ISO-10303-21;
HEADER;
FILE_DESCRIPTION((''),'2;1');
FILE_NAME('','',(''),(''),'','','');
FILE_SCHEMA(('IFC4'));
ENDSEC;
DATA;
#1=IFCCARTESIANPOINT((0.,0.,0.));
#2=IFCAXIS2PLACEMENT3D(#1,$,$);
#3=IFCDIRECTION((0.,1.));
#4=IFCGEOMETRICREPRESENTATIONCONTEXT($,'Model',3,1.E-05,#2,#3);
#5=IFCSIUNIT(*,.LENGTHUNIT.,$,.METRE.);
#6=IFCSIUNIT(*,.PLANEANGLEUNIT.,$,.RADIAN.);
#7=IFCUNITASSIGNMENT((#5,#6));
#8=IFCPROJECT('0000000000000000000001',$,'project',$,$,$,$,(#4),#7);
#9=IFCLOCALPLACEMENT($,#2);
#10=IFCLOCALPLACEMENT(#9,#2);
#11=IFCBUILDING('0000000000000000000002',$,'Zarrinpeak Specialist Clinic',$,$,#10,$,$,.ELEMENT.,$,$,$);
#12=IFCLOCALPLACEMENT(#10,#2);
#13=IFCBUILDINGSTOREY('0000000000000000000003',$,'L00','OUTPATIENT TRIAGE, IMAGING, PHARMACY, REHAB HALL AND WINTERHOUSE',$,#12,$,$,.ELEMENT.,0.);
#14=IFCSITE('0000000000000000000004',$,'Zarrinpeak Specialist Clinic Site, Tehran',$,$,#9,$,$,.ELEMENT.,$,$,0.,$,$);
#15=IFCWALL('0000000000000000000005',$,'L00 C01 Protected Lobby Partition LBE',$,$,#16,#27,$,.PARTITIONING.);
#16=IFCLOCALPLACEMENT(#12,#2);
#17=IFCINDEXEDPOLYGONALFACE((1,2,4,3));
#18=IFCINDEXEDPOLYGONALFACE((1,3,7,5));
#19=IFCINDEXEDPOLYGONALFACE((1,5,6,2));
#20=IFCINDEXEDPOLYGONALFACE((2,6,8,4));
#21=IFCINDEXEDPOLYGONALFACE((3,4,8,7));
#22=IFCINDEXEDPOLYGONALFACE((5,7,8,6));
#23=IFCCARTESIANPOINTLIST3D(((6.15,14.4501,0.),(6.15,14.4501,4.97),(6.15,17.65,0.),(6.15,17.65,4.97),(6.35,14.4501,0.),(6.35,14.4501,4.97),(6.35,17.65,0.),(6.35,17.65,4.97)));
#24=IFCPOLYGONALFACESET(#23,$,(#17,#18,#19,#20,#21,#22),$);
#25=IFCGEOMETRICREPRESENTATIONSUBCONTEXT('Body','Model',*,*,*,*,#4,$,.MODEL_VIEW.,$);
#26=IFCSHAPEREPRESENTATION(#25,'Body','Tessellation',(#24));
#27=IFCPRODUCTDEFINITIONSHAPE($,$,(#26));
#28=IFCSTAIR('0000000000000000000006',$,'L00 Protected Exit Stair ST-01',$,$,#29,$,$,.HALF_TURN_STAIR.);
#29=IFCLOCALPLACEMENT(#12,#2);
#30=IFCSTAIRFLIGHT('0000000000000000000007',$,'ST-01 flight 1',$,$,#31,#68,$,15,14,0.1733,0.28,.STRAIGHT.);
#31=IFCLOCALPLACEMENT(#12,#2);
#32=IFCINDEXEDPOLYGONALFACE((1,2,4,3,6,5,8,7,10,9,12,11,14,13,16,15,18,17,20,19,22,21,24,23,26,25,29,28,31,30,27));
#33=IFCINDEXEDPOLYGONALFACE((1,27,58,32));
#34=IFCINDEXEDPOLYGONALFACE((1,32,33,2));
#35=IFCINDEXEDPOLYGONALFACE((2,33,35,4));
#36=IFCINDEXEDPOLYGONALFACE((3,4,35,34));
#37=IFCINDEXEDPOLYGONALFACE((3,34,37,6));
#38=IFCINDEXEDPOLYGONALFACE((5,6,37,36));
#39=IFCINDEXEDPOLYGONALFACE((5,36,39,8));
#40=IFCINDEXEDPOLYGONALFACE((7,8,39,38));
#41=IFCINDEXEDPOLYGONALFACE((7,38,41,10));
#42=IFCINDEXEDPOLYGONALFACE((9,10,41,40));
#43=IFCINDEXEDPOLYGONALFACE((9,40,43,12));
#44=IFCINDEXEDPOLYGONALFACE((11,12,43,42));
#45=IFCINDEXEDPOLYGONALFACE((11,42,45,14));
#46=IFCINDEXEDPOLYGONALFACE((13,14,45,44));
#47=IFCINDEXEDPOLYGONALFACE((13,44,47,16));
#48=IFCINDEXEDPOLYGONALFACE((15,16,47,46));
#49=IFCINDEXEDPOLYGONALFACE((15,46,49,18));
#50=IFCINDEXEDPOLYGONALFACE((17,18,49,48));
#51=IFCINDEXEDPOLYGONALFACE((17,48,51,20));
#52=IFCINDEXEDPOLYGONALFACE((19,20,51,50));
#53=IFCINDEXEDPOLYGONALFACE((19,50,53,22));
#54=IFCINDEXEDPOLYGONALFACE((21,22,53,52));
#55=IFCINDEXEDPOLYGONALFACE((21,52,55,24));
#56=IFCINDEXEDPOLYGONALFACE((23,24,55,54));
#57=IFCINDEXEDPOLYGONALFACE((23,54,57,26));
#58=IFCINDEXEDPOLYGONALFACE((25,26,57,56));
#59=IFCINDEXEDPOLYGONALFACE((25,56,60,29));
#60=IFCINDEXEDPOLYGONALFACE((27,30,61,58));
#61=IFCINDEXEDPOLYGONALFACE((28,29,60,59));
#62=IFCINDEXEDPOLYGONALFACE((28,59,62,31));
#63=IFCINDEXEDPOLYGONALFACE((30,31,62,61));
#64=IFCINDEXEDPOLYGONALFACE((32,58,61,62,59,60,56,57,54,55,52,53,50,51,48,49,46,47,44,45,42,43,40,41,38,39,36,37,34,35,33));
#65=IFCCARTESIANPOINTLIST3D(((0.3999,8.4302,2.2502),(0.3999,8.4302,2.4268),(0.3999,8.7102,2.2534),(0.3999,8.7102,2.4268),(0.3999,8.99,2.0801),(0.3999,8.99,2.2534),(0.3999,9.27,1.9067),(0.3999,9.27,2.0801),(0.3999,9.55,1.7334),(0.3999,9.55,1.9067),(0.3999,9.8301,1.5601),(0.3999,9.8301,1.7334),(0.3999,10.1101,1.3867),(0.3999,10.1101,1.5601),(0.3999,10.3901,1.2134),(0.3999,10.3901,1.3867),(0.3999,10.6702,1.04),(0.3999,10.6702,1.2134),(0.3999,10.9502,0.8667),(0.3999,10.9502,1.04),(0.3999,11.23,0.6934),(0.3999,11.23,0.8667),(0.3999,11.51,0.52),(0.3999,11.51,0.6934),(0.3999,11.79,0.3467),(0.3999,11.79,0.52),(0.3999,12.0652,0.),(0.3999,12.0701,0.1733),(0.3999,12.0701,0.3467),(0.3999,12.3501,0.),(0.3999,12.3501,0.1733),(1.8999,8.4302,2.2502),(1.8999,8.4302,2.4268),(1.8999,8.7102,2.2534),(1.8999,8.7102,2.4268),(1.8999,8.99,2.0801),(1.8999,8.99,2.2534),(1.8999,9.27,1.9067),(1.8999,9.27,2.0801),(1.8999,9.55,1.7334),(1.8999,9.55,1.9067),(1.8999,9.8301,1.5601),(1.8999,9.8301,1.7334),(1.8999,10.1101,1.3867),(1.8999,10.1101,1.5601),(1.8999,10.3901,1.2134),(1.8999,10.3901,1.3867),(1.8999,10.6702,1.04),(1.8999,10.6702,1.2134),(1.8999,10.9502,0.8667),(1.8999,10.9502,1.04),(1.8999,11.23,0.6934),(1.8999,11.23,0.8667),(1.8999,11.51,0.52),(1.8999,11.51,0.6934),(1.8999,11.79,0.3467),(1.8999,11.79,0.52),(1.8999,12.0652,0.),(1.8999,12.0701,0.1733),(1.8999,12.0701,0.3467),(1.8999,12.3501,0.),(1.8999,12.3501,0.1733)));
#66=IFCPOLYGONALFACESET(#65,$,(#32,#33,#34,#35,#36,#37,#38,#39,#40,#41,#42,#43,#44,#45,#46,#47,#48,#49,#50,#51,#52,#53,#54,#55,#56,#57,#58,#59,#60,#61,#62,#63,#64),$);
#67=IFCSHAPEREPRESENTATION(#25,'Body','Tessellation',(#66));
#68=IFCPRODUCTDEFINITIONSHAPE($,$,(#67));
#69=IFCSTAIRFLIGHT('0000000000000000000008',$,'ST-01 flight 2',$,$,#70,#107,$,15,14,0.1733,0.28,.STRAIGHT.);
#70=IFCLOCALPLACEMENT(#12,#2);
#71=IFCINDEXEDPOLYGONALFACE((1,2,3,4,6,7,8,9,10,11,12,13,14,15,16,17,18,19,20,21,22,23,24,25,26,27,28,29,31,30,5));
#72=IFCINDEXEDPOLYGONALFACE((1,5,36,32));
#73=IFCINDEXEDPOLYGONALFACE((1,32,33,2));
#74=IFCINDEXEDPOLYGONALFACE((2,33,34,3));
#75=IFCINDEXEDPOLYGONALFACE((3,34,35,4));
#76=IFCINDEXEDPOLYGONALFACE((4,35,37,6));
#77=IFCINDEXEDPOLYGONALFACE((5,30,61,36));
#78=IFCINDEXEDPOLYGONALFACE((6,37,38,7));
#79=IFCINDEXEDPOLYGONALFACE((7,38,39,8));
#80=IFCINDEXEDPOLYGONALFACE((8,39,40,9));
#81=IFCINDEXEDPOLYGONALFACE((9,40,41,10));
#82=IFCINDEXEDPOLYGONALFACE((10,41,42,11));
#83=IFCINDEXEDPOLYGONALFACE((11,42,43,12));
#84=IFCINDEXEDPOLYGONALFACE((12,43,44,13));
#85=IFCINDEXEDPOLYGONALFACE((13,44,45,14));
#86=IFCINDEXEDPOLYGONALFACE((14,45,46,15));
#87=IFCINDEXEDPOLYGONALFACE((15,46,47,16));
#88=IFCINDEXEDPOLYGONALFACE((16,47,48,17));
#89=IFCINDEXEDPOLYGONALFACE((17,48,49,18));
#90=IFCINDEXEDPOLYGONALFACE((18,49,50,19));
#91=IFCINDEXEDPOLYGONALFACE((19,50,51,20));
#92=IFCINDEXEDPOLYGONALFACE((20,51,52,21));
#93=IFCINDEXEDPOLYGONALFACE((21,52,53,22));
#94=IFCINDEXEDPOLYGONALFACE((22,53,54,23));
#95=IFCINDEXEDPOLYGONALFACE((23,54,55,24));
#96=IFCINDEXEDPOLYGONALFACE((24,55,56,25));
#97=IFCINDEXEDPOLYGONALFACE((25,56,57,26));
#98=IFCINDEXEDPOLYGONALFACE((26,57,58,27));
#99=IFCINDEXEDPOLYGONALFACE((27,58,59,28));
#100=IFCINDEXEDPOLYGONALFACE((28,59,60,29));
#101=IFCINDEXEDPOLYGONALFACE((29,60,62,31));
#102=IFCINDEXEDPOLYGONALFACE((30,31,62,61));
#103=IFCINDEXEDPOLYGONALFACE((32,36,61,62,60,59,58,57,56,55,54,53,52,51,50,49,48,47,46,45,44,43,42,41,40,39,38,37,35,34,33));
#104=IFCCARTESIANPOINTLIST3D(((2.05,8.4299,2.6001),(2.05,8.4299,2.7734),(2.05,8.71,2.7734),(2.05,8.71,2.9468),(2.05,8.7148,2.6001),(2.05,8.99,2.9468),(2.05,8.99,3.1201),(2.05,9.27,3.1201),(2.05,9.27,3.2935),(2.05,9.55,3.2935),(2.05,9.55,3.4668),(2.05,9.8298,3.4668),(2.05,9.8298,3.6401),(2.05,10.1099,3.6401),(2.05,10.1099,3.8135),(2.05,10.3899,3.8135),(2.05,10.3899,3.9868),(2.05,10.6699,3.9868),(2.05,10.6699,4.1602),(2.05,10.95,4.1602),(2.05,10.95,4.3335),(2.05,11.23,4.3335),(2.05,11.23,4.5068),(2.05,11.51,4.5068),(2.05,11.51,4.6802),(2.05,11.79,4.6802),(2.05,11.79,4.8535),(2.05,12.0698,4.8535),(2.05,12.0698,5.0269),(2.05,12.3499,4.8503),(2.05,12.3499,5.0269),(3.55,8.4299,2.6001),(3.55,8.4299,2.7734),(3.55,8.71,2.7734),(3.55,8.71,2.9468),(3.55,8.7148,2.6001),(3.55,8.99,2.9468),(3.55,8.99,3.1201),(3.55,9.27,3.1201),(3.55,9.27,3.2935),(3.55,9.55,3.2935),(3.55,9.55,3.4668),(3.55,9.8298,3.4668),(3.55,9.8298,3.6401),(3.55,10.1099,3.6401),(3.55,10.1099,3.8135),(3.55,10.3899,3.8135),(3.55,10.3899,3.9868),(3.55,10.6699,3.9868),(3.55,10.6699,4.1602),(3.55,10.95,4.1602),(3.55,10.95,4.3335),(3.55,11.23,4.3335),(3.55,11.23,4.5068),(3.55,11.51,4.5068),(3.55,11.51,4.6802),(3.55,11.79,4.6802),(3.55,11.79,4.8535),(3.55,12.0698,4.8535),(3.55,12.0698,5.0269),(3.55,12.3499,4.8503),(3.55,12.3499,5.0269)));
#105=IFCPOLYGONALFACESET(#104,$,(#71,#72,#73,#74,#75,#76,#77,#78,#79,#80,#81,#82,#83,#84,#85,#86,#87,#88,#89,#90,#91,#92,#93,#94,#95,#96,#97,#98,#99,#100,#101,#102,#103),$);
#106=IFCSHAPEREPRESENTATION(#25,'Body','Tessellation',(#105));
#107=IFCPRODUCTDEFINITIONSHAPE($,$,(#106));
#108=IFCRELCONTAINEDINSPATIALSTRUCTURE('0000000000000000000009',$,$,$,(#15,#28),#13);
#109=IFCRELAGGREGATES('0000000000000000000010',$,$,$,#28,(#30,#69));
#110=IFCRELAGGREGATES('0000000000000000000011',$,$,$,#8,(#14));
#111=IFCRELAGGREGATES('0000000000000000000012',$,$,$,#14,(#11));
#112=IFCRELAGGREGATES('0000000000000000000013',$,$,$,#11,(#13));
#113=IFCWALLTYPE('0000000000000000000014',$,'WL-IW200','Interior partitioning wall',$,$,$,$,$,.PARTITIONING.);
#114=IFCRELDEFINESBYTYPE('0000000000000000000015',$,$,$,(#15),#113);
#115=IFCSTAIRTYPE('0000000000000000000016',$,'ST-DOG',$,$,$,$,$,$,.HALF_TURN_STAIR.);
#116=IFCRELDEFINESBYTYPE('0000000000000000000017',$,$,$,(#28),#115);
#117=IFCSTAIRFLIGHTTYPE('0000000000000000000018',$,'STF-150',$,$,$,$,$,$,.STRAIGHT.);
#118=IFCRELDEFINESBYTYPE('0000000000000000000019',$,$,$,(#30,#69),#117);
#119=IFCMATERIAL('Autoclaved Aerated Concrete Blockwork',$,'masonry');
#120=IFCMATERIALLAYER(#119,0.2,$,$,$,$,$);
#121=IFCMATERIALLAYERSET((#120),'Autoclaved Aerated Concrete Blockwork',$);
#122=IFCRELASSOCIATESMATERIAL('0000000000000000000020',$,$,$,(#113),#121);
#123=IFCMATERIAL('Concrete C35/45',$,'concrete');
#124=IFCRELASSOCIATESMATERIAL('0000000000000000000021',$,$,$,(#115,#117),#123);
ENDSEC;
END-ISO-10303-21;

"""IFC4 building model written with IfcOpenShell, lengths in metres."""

from ifc_helpers import new_model, si_unit, direction, frame, frame_2d, origin, place, context, subcontext, project, spatial, polyline, rectangle, outline, extrude, material, layer, layer_set, type_object, element, aggregate, save


model = new_model("IFC4")

# Units and contexts
model_context = context("Model", 3, precision=1e-05, world=origin(), true_north=direction((0.0, 1.0)))
body_context = subcontext(model_context, "Body", "Model", "MODEL_VIEW")
ifc_project = project(units=[si_unit("LENGTHUNIT", "METRE"), si_unit("PLANEANGLEUNIT", "RADIAN")], contexts=[model_context])

# Site, building, storey
site_placement = place(None, origin())
site = spatial("IfcSite", under=ifc_project, at=site_placement, Name="Zarrinpeak Specialist Clinic Site, Tehran", CompositionType="ELEMENT", RefElevation=0.0)
building_placement = place(site_placement, origin())
building = spatial("IfcBuilding", under=site, at=building_placement, Name="Zarrinpeak Specialist Clinic", CompositionType="ELEMENT")
storey_placement = place(building_placement, origin())
storey = spatial("IfcBuildingStorey", under=building, at=storey_placement, Name="L00", Description="OUTPATIENT TRIAGE, IMAGING, PHARMACY, REHAB HALL AND WINTERHOUSE", CompositionType="ELEMENT", Elevation=0.0)

# Wall
ifc_material_1 = material(Name="Autoclaved Aerated Concrete Blockwork", Category="masonry")
ifc_layer_1 = layer(ifc_material_1, 0.2)
ifc_layer_set_1 = layer_set([ifc_layer_1], Name="Autoclaved Aerated Concrete Blockwork")
wall_type_1 = type_object("IfcWallType", Name="WL-IW200", Description="Interior partitioning wall", PredefinedType="PARTITIONING", material=ifc_layer_set_1)
wall_1_placement = place(storey_placement, frame((6.25, 14.45, 0.0), z_axis=(0.0, 0.0, 1.0), x_axis=(0.0, 1.0, 0.0)))
element("IfcWall", 1, at=wall_1_placement, inside=storey, type_object=wall_type_1, Name="L00 C01 Protected Lobby Partition LBE", PredefinedType="PARTITIONING", context=body_context, shape_type="SweptSolid", body=[
    extrude(rectangle(XDim=3.2, YDim=0.2, at=frame_2d((1.6001, 0.0))), origin(), (0.0, 0.0, 1.0), 4.97),
])

# Stair, stair flights
ifc_material_2 = material(Name="Concrete C35/45", Category="concrete")
stair_type = type_object("IfcStairType", Name="ST-DOG", PredefinedType="HALF_TURN_STAIR", material=ifc_material_2)
stair_placement = place(storey_placement, origin())
stair = element("IfcStair", 2, at=stair_placement, inside=storey, type_object=stair_type, Name="L00 Protected Exit Stair ST-01", PredefinedType="HALF_TURN_STAIR")
stair_flight_type = type_object("IfcStairFlightType", Name="STF-150", PredefinedType="STRAIGHT", material=ifc_material_2)
stair_flight_1_placement = place(storey_placement, frame((1.1499, 12.3501, 0.0), z_axis=(0.0, 0.0, 1.0), x_axis=(0.0, -1.0, 0.0)))
stair_flight_1 = element("IfcStairFlight", 3, at=stair_flight_1_placement, type_object=stair_flight_type, Name="ST-01 flight 1", NumberOfRisers=15, NumberOfTreads=14, PredefinedType="STRAIGHT", RiserHeight=0.1733, TreadLength=0.28, context=body_context, shape_type="SweptSolid", body=[
    extrude(outline(polyline([(0.0, 0.0), (0.0, 0.1733), (0.28, 0.1733), (0.28, 0.3467), (0.5601, 0.3467), (0.5601, 0.52), (0.8401, 0.52), (0.8401, 0.6934), (1.1201, 0.6934), (1.1201, 0.8667), (1.3999, 0.8667), (1.3999, 1.04), (1.6799, 1.04), (1.6799, 1.2134), (1.96, 1.2134), (1.96, 1.3867), (2.24, 1.3867), (2.24, 1.5601), (2.52, 1.5601), (2.52, 1.7334), (2.8, 1.7334), (2.8, 1.9067), (3.0801, 1.9067), (3.0801, 2.0801), (3.3601, 2.0801), (3.3601, 2.2534), (3.6399, 2.2534), (3.6399, 2.4268), (3.9199, 2.4268), (3.9199, 2.6001), (3.9199, 2.2502), (0.2849, 0.0), (0.0, 0.0)])), frame((0.0, 0.75, 0.0), z_axis=(0.0, -1.0, 0.0), x_axis=(1.0, 0.0, 0.0)), (0.0, 0.0, 1.0), 1.5),
])
stair_flight_2_placement = place(storey_placement, frame((2.8, 8.4299, 2.6001), z_axis=(0.0, 0.0, 1.0), x_axis=(0.0, 1.0, 0.0)))
stair_flight_2 = element("IfcStairFlight", 4, at=stair_flight_2_placement, type_object=stair_flight_type, Name="ST-01 flight 2", NumberOfRisers=15, NumberOfTreads=14, PredefinedType="STRAIGHT", RiserHeight=0.1733, TreadLength=0.28, context=body_context, shape_type="SweptSolid", body=[
    extrude(outline(polyline([(0.0, 0.0), (0.0, 0.1733), (0.28, 0.1733), (0.28, 0.3467), (0.5601, 0.3467), (0.5601, 0.52), (0.8401, 0.52), (0.8401, 0.6934), (1.1201, 0.6934), (1.1201, 0.8667), (1.3999, 0.8667), (1.3999, 1.04), (1.6799, 1.04), (1.6799, 1.2134), (1.96, 1.2134), (1.96, 1.3867), (2.24, 1.3867), (2.24, 1.5601), (2.52, 1.5601), (2.52, 1.7334), (2.8, 1.7334), (2.8, 1.9067), (3.0801, 1.9067), (3.0801, 2.0801), (3.3601, 2.0801), (3.3601, 2.2534), (3.6399, 2.2534), (3.6399, 2.4268), (3.9199, 2.4268), (3.9199, 2.6001), (3.9199, 2.2502), (0.2849, 0.0), (0.0, 0.0)])), frame((0.0, 0.75, 0.0), z_axis=(0.0, -1.0, 0.0), x_axis=(1.0, 0.0, 0.0)), (0.0, 0.0, 1.0), 1.5),
])
aggregate(stair, [stair_flight_1, stair_flight_2])

save(model, "model.ifc")
